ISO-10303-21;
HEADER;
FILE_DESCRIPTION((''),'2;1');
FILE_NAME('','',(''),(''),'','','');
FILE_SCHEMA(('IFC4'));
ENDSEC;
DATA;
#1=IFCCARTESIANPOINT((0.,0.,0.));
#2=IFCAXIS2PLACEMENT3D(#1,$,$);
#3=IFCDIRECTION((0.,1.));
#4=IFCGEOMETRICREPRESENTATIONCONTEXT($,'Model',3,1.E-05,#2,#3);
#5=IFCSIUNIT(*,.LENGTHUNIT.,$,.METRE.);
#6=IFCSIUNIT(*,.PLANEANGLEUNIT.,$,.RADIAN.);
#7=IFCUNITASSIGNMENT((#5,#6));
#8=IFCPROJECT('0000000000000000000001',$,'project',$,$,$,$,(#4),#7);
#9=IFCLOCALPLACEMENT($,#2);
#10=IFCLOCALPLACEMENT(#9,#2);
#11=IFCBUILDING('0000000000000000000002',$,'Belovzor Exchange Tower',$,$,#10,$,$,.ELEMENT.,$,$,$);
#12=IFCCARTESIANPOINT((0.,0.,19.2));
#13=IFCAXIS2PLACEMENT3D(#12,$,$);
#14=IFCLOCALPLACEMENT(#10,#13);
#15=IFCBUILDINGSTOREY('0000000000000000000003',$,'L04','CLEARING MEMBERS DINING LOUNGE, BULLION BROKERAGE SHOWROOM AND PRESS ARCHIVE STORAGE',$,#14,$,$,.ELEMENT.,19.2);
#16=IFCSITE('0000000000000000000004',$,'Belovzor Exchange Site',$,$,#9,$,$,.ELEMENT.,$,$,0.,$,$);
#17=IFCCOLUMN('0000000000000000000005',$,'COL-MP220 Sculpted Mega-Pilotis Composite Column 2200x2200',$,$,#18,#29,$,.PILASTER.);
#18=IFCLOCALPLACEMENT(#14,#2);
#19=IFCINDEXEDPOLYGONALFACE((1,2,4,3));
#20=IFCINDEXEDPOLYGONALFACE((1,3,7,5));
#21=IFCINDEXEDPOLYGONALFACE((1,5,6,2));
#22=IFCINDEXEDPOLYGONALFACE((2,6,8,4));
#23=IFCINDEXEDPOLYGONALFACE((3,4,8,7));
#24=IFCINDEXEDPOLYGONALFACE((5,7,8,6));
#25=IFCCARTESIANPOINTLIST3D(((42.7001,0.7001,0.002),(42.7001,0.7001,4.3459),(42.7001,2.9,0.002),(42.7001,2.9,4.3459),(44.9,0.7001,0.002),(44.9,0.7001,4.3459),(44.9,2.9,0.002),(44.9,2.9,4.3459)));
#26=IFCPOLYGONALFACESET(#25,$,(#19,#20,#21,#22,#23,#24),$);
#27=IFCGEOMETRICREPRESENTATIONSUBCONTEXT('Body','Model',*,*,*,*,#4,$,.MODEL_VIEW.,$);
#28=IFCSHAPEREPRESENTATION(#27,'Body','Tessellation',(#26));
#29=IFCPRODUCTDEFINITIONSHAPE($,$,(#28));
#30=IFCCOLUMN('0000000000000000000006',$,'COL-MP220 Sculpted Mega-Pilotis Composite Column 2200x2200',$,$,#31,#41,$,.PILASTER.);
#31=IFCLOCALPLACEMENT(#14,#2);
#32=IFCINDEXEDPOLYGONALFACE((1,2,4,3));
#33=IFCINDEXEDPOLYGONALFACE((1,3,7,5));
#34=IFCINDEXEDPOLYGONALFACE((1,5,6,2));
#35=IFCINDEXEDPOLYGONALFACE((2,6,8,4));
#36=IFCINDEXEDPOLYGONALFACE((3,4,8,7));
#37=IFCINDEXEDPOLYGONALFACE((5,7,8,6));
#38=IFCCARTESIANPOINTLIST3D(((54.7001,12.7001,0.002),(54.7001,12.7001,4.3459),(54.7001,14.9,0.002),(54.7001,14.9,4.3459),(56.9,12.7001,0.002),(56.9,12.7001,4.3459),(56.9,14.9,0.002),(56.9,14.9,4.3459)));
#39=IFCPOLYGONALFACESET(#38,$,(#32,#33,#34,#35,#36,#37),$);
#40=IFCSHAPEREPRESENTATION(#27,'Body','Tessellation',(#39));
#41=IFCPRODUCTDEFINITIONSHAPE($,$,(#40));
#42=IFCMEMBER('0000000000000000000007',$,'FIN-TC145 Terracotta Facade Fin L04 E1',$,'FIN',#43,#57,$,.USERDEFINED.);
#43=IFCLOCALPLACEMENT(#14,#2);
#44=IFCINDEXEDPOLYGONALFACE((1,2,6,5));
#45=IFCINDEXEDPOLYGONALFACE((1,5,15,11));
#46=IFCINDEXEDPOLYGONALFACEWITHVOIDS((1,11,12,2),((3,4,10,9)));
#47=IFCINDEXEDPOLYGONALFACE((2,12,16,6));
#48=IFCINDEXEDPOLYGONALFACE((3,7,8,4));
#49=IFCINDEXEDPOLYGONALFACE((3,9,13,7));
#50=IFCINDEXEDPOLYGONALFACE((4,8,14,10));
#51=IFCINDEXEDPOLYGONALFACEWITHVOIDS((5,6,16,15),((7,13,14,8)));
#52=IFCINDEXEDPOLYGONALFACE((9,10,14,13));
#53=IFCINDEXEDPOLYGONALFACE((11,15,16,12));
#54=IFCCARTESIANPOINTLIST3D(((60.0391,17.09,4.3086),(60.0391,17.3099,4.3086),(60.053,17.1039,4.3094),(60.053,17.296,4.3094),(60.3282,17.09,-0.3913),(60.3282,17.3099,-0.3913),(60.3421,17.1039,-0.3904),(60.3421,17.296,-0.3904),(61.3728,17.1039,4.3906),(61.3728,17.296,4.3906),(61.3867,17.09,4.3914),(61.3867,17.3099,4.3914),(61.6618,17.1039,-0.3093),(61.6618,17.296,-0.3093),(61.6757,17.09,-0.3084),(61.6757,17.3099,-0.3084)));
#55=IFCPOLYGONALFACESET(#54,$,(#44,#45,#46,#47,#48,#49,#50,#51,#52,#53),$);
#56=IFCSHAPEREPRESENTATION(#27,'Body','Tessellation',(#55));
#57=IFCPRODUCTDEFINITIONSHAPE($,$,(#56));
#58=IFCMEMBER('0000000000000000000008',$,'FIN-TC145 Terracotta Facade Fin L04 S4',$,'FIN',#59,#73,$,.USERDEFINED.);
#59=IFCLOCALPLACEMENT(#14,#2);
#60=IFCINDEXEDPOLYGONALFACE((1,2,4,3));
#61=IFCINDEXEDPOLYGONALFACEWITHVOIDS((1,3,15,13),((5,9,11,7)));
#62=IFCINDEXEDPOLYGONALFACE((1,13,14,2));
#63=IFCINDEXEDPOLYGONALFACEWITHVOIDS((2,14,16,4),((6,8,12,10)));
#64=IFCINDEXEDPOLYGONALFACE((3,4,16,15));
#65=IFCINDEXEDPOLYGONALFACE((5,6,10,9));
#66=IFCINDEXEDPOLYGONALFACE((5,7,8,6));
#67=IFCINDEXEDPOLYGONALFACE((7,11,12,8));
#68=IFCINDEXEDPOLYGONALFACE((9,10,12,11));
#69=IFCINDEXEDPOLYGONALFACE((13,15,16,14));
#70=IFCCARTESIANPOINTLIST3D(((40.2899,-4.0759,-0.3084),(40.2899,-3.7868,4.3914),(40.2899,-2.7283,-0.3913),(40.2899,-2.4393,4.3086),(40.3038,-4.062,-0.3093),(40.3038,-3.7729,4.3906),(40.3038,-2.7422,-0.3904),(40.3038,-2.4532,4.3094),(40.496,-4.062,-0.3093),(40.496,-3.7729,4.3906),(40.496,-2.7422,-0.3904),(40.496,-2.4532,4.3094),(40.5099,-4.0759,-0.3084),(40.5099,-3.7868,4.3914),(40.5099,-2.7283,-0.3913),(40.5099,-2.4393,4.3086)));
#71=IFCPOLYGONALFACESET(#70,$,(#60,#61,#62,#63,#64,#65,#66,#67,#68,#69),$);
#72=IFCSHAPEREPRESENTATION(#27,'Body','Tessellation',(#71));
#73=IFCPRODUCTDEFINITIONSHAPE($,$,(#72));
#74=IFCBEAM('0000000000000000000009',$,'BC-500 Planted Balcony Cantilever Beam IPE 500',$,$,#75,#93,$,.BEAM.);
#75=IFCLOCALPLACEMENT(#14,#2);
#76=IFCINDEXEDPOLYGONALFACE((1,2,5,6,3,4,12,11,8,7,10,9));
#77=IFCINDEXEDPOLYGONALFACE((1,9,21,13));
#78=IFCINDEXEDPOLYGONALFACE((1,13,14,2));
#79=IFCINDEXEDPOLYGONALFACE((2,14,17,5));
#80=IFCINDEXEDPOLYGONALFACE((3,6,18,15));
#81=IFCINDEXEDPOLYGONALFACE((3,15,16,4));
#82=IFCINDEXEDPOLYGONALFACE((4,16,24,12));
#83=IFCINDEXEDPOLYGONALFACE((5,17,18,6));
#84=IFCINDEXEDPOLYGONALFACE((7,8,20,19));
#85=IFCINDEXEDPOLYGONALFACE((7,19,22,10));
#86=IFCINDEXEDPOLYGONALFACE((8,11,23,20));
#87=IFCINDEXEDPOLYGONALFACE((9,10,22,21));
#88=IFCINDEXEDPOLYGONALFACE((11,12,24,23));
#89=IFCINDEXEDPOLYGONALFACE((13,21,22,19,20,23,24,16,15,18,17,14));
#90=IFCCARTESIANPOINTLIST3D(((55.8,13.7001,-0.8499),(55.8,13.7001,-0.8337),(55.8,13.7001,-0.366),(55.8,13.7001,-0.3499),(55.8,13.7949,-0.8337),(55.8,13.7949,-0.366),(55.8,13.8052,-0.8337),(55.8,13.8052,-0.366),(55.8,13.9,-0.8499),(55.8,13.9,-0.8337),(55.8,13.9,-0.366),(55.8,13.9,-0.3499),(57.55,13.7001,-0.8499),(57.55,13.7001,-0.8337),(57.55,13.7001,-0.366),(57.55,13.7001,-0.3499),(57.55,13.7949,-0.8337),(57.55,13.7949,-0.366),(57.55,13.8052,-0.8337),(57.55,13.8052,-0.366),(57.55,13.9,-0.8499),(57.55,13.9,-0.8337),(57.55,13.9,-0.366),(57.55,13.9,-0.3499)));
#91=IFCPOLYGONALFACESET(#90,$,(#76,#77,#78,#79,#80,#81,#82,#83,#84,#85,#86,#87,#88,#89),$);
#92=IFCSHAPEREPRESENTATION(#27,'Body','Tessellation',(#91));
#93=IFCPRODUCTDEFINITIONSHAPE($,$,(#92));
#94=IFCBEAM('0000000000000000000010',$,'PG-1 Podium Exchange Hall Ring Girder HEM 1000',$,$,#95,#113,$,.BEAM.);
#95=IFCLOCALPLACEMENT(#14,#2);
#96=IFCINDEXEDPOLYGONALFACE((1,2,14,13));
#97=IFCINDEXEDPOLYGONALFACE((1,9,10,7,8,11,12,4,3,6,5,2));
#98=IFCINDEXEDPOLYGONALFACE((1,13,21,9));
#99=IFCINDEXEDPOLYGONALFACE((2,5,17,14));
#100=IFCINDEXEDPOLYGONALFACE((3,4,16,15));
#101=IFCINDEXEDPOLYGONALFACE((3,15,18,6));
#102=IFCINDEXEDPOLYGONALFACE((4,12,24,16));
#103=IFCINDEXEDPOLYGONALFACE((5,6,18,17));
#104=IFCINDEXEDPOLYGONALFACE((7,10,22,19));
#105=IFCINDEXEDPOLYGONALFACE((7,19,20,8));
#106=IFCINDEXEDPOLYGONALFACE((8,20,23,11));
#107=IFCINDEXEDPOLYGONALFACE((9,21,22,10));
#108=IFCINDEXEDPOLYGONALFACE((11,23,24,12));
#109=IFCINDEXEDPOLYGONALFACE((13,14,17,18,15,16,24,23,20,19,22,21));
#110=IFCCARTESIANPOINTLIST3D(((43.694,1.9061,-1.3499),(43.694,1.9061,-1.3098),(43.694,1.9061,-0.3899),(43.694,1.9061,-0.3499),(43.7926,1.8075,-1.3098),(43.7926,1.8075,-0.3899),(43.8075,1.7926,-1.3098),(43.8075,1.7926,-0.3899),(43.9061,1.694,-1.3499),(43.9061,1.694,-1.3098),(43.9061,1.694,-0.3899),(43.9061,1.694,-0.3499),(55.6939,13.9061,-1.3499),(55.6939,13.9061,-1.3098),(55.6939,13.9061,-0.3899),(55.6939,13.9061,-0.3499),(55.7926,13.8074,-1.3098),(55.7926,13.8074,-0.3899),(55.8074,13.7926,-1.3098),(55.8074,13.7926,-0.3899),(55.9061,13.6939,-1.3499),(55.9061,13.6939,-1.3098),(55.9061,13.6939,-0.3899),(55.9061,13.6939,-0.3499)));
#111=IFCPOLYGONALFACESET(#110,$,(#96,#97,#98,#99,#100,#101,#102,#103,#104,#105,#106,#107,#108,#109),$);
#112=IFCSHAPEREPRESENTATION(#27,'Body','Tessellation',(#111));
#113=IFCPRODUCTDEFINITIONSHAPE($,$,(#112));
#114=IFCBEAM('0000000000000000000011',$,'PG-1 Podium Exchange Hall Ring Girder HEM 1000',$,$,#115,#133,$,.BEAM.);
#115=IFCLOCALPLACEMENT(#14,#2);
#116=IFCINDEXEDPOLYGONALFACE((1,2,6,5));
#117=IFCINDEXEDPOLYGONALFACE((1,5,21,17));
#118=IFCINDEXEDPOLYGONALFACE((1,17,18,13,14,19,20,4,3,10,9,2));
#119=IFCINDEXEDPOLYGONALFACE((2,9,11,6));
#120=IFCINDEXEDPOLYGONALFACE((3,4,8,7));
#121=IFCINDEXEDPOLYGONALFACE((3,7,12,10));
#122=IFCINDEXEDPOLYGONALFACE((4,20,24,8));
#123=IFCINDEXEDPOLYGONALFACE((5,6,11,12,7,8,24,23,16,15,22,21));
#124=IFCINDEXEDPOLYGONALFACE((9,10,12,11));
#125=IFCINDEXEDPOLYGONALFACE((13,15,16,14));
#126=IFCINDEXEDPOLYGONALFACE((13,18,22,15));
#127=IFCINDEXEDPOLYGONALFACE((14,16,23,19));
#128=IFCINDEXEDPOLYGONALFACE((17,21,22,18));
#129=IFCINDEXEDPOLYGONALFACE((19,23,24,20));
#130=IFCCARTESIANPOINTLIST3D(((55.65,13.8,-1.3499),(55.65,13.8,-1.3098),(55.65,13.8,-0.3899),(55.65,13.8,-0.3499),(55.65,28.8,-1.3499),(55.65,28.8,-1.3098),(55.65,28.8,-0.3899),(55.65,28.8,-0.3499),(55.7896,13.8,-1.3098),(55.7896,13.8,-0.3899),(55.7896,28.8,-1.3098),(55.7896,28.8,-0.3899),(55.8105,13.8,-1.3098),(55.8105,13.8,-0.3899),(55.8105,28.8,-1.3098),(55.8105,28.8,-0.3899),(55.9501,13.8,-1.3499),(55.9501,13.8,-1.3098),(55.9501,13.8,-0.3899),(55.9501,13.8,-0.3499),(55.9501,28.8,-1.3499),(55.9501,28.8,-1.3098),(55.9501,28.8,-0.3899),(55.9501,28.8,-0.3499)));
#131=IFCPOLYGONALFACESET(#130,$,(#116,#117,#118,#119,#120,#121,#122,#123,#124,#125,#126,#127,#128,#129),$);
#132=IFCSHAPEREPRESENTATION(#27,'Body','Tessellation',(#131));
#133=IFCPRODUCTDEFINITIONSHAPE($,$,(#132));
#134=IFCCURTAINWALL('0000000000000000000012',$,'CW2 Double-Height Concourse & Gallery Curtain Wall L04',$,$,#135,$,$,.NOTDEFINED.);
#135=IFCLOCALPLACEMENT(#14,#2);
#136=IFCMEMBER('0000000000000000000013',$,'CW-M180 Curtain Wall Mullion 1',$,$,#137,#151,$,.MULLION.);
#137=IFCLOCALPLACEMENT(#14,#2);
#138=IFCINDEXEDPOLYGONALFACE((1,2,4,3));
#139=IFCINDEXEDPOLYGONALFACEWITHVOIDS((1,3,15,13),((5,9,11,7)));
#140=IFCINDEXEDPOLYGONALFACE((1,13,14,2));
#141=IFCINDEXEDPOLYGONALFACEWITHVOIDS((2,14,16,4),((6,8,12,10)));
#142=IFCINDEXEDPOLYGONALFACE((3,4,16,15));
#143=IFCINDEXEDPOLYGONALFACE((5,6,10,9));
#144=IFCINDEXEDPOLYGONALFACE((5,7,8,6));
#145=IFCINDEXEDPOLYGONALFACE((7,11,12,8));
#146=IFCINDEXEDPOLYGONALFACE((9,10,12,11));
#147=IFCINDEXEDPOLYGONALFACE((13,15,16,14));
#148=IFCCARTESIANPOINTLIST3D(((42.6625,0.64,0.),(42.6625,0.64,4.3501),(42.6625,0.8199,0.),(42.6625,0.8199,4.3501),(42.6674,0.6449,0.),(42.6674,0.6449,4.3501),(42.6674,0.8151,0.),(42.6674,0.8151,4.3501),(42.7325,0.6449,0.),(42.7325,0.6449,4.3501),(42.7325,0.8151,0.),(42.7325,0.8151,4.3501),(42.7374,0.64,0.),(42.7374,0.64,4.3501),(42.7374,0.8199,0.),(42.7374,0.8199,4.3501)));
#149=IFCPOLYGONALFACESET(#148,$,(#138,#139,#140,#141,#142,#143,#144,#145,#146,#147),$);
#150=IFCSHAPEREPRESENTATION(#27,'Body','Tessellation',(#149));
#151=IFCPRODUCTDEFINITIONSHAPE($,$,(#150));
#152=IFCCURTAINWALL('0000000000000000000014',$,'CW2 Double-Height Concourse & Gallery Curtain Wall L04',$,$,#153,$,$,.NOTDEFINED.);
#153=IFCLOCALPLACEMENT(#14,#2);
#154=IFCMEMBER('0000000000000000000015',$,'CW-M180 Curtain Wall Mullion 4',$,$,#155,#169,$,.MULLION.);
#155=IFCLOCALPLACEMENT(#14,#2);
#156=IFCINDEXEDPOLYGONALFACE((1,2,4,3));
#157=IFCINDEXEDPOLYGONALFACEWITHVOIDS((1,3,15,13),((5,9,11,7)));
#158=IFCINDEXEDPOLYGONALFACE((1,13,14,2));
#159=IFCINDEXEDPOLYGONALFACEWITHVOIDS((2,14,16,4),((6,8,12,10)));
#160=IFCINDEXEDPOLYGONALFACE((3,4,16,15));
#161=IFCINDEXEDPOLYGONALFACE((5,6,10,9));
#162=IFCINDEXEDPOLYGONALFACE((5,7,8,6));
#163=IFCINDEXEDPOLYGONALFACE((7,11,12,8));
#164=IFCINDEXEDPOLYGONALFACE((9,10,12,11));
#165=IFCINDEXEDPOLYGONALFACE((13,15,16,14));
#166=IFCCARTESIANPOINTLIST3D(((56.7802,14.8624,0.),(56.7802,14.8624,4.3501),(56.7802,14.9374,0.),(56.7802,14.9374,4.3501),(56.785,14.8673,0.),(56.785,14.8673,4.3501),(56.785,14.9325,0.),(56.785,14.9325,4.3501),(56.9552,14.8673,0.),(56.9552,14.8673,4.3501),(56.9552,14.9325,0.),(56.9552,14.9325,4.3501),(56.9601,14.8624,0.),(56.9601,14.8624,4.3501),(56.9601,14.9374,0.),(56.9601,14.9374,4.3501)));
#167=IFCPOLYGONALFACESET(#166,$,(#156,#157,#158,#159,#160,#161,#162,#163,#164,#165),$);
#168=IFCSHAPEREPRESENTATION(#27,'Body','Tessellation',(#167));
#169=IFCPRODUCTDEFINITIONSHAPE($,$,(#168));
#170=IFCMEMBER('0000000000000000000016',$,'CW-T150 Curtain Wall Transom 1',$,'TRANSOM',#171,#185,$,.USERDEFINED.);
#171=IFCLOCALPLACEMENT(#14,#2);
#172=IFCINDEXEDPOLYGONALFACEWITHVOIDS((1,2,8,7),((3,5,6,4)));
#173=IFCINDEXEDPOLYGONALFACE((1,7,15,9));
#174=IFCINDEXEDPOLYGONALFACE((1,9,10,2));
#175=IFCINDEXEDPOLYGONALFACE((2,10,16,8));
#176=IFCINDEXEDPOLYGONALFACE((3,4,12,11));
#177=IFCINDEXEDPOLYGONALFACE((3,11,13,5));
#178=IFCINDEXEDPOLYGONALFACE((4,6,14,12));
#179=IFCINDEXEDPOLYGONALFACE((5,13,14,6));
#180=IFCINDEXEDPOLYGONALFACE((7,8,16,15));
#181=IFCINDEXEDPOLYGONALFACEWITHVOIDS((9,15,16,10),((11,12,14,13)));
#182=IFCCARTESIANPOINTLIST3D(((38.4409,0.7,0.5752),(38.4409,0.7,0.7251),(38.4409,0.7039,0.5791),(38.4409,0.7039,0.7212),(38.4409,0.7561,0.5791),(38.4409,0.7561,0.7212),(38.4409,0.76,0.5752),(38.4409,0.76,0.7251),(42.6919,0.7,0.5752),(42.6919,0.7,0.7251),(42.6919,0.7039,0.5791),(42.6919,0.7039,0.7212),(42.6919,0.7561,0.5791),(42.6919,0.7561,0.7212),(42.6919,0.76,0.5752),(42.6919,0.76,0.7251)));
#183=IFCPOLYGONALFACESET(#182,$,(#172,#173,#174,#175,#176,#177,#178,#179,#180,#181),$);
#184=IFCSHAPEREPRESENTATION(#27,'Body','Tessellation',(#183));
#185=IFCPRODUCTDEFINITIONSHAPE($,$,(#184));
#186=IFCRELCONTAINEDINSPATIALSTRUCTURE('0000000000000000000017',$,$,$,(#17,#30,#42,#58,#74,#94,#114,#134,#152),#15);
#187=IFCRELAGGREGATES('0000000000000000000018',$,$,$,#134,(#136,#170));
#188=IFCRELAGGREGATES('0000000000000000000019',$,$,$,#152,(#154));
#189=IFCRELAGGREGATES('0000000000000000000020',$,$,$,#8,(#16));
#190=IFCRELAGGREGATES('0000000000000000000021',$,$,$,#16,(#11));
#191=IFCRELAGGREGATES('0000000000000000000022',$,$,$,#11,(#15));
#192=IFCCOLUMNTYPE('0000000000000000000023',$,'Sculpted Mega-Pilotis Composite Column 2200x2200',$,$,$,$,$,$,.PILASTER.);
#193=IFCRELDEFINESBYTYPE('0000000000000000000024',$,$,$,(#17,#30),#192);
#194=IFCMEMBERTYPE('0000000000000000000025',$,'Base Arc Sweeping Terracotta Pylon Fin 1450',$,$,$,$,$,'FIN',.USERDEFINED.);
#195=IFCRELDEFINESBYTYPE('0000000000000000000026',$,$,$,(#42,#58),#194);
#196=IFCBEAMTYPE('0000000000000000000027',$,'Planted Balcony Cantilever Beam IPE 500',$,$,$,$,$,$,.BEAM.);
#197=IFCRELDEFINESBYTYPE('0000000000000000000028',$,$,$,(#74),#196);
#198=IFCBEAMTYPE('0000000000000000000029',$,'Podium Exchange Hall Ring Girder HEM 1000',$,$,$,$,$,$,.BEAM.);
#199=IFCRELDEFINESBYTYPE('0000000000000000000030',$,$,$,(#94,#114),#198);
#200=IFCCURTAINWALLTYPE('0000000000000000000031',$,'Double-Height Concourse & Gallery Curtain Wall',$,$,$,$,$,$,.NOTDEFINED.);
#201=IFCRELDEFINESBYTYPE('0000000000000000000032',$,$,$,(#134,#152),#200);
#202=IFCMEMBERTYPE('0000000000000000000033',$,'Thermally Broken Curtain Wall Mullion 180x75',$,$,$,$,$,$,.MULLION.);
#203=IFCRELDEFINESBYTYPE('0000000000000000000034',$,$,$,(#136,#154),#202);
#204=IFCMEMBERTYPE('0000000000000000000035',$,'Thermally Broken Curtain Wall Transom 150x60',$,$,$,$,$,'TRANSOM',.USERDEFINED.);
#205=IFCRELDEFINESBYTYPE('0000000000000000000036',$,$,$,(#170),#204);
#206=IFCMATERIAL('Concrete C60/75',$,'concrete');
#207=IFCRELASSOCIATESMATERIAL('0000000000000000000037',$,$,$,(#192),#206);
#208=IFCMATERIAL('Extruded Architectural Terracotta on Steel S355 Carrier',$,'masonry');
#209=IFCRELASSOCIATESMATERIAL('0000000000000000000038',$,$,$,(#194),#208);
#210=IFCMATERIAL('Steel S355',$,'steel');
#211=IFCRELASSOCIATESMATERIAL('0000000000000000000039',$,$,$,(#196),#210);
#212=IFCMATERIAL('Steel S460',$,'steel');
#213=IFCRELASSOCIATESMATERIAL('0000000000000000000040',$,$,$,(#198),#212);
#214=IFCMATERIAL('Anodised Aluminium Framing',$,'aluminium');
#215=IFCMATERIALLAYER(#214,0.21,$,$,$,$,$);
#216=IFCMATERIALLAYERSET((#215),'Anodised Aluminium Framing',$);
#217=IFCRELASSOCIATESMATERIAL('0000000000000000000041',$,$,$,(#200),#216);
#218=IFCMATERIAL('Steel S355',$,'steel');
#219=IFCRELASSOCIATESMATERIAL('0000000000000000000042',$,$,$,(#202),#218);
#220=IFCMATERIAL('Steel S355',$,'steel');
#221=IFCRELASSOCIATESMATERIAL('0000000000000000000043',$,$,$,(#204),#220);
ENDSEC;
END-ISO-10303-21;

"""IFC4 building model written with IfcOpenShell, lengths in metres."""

from ifc_helpers import new_model, si_unit, direction, frame, origin, origin_2d, place, context, subcontext, project, spatial, rectangle, hollow_rectangle, i_section, extrude, material, layer, layer_set, material_profile, profile_set, type_object, element, aggregate, save


model = new_model("IFC4")

# Units and contexts
model_context = context("Model", 3, precision=1e-05, world=origin(), true_north=direction((0.0, 1.0)))
body_context = subcontext(model_context, "Body", "Model", "MODEL_VIEW")
ifc_project = project(units=[si_unit("LENGTHUNIT", "METRE"), si_unit("PLANEANGLEUNIT", "RADIAN")], contexts=[model_context])

# Site, building, storey
site_placement = place(None, origin())
site = spatial("IfcSite", under=ifc_project, at=site_placement, Name="Belovzor Exchange Site", CompositionType="ELEMENT", RefElevation=0.0)
building_placement = place(site_placement, origin())
building = spatial("IfcBuilding", under=site, at=building_placement, Name="Belovzor Exchange Tower", CompositionType="ELEMENT")
storey_placement = place(building_placement, frame((0.0, 0.0, 19.2)))
storey = spatial("IfcBuildingStorey", under=building, at=storey_placement, Name="L04", Description="CLEARING MEMBERS DINING LOUNGE, BULLION BROKERAGE SHOWROOM AND PRESS ARCHIVE STORAGE", CompositionType="ELEMENT", Elevation=19.2)

# Columns
ifc_material_1 = material(Name="Concrete C60/75", Category="concrete")
ifc_material_profile_1 = material_profile(ifc_material_1, rectangle(XDim=2.2, YDim=2.2, at=origin_2d()))
ifc_profile_set_1 = profile_set([ifc_material_profile_1], Name="Concrete C60/75")
column_type = type_object("IfcColumnType", Name="Sculpted Mega-Pilotis Composite Column 2200x2200", PredefinedType="PILASTER", material=ifc_profile_set_1)
for number, where, z_axis, x_axis, name in (
    (1, (43.8, 1.8, 0.002), (0.0, 0.0, 1.0), (1.0, 0.0, 0.0), "COL-MP220 Sculpted Mega-Pilotis Composite Column 2200x2200"),
    (2, (55.8, 13.8, 0.002), (0.0, 0.0, 1.0), (1.0, 0.0, 0.0), "COL-MP220 Sculpted Mega-Pilotis Composite Column 2200x2200"),
):
    element("IfcColumn", number, at=place(storey_placement, frame(where, z_axis=z_axis, x_axis=x_axis)), inside=storey, type_object=column_type, Name=name, PredefinedType="PILASTER", context=body_context, shape_type="SweptSolid", body=[
        extrude(rectangle(XDim=2.2, YDim=2.2, at=origin_2d()), origin(), (0.0, 0.0, 1.0), 4.344),
    ])

# Members
ifc_material_2 = material(Name="Extruded Architectural Terracotta on Steel S355 Carrier", Category="masonry")
ifc_material_profile_2 = material_profile(ifc_material_2, hollow_rectangle(XDim=0.22, YDim=1.3501, WallThickness=0.0139, at=origin_2d()))
ifc_profile_set_2 = profile_set([ifc_material_profile_2], Name="Extruded Architectural Terracotta on Steel S355 Carrier")
member_type_1 = type_object("IfcMemberType", Name="Base Arc Sweeping Terracotta Pylon Fin 1450", ElementType="FIN", PredefinedType="USERDEFINED", material=ifc_profile_set_2)
for number, where, z_axis, x_axis, name in (
    (3, (61.002, 17.2, -0.3499), (-0.061387, 0.0, 0.998114), (0.0, -1.0, 0.0), "FIN-TC145 Terracotta Facade Fin L04 E1"),
    (4, (40.3999, -3.4021, -0.3499), (0.0, 0.061387, 0.998114), (-1.0, 0.0, 0.0), "FIN-TC145 Terracotta Facade Fin L04 S4"),
):
    element("IfcMember", number, at=place(storey_placement, frame(where, z_axis=z_axis, x_axis=x_axis)), inside=storey, type_object=member_type_1, Name=name, ObjectType="FIN", PredefinedType="USERDEFINED", context=body_context, shape_type="SweptSolid", body=[
        extrude(hollow_rectangle(XDim=0.22, YDim=1.3501, WallThickness=0.0139, at=origin_2d()), origin(), (0.0, 0.0, 1.0), 4.7087),
    ])

# Beams
ifc_material_3 = material(Name="Steel S355", Category="steel")
ifc_material_profile_3 = material_profile(ifc_material_3, i_section(OverallWidth=0.2, OverallDepth=0.5, WebThickness=0.0103, FlangeThickness=0.0161, at=origin_2d()))
ifc_profile_set_3 = profile_set([ifc_material_profile_3], Name="Steel S355")
beam_type_1 = type_object("IfcBeamType", Name="Planted Balcony Cantilever Beam IPE 500", PredefinedType="BEAM", material=ifc_profile_set_3)
beam_1_placement = place(storey_placement, frame((55.8, 13.8, -0.5999), z_axis=(1.0, 0.0, 0.0), x_axis=(0.0, 1.0, 0.0)))
element("IfcBeam", 5, at=beam_1_placement, inside=storey, type_object=beam_type_1, Name="BC-500 Planted Balcony Cantilever Beam IPE 500", PredefinedType="BEAM", context=body_context, shape_type="SweptSolid", body=[
    extrude(i_section(OverallWidth=0.2, OverallDepth=0.5, WebThickness=0.0103, FlangeThickness=0.0161, at=origin_2d()), origin(), (0.0, 0.0, 1.0), 1.75),
])
ifc_material_4 = material(Name="Steel S460", Category="steel")
ifc_material_profile_4 = material_profile(ifc_material_4, i_section(OverallWidth=0.3, OverallDepth=1.0, WebThickness=0.021, FlangeThickness=0.04, at=origin_2d()))
ifc_profile_set_4 = profile_set([ifc_material_profile_4], Name="Steel S460")
beam_type_2 = type_object("IfcBeamType", Name="Podium Exchange Hall Ring Girder HEM 1000", PredefinedType="BEAM", material=ifc_profile_set_4)
beam_2_placement = place(storey_placement, frame((43.8, 1.8, -0.8499), z_axis=(0.707107, 0.707107, 0.0), x_axis=(-0.707107, 0.707107, 0.0)))
element("IfcBeam", 6, at=beam_2_placement, inside=storey, type_object=beam_type_2, Name="PG-1 Podium Exchange Hall Ring Girder HEM 1000", PredefinedType="BEAM", context=body_context, shape_type="SweptSolid", body=[
    extrude(i_section(OverallWidth=0.3, OverallDepth=1.0, WebThickness=0.021, FlangeThickness=0.04, at=origin_2d()), origin(), (0.0, 0.0, 1.0), 16.9705),
])
beam_3_placement = place(storey_placement, frame((55.8, 13.8, -0.8499), z_axis=(0.0, 1.0, 0.0), x_axis=(-1.0, 0.0, 0.0)))
element("IfcBeam", 7, at=beam_3_placement, inside=storey, type_object=beam_type_2, Name="PG-1 Podium Exchange Hall Ring Girder HEM 1000", PredefinedType="BEAM", context=body_context, shape_type="SweptSolid", body=[
    extrude(i_section(OverallWidth=0.3, OverallDepth=1.0, WebThickness=0.021, FlangeThickness=0.04, at=origin_2d()), origin(), (0.0, 0.0, 1.0), 15.0),
])

# Curtain walls, members
ifc_material_5 = material(Name="Anodised Aluminium Framing", Category="aluminium")
ifc_layer_1 = layer(ifc_material_5, 0.21)
ifc_layer_set_1 = layer_set([ifc_layer_1], Name="Anodised Aluminium Framing")
curtain_wall_type = type_object("IfcCurtainWallType", Name="Double-Height Concourse & Gallery Curtain Wall", PredefinedType="NOTDEFINED", material=ifc_layer_set_1)
curtain_wall_1_placement = place(storey_placement, origin())
curtain_wall_1 = element("IfcCurtainWall", 8, at=curtain_wall_1_placement, inside=storey, type_object=curtain_wall_type, Name="CW2 Double-Height Concourse & Gallery Curtain Wall L04", PredefinedType="NOTDEFINED")
ifc_material_6 = material(Name="Steel S355", Category="steel")
ifc_material_profile_5 = material_profile(ifc_material_6, hollow_rectangle(XDim=0.075, YDim=0.1799, WallThickness=0.0049, at=origin_2d()))
ifc_profile_set_5 = profile_set([ifc_material_profile_5], Name="Steel S355")
member_type_2 = type_object("IfcMemberType", Name="Thermally Broken Curtain Wall Mullion 180x75", PredefinedType="MULLION", material=ifc_profile_set_5)
member_1_placement = place(storey_placement, frame((42.7, 0.73, 0.0), z_axis=(0.0, 0.0, 1.0), x_axis=(-1.0, 0.0, 0.0)))
member_1 = element("IfcMember", 9, at=member_1_placement, type_object=member_type_2, Name="CW-M180 Curtain Wall Mullion 1", PredefinedType="MULLION", context=body_context, shape_type="SweptSolid", body=[
    extrude(hollow_rectangle(XDim=0.075, YDim=0.1799, WallThickness=0.0049, at=origin_2d()), origin(), (0.0, 0.0, 1.0), 4.3501),
])
curtain_wall_2_placement = place(storey_placement, origin())
curtain_wall_2 = element("IfcCurtainWall", 10, at=curtain_wall_2_placement, inside=storey, type_object=curtain_wall_type, Name="CW2 Double-Height Concourse & Gallery Curtain Wall L04", PredefinedType="NOTDEFINED")
member_2_placement = place(storey_placement, frame((56.8701, 14.8999, 0.0), z_axis=(0.0, 0.0, 1.0), x_axis=(0.0, -1.0, 0.0)))
member_2 = element("IfcMember", 11, at=member_2_placement, type_object=member_type_2, Name="CW-M180 Curtain Wall Mullion 4", PredefinedType="MULLION", context=body_context, shape_type="SweptSolid", body=[
    extrude(hollow_rectangle(XDim=0.075, YDim=0.1799, WallThickness=0.0049, at=origin_2d()), origin(), (0.0, 0.0, 1.0), 4.3501),
])

# Member
ifc_material_7 = material(Name="Steel S355", Category="steel")
ifc_material_profile_6 = material_profile(ifc_material_7, hollow_rectangle(XDim=0.0601, YDim=0.1499, WallThickness=0.0039, at=origin_2d()))
ifc_profile_set_6 = profile_set([ifc_material_profile_6], Name="Steel S355")
member_type_3 = type_object("IfcMemberType", Name="Thermally Broken Curtain Wall Transom 150x60", ElementType="TRANSOM", PredefinedType="USERDEFINED", material=ifc_profile_set_6)
member_3_placement = place(storey_placement, frame((42.6919, 0.73, 0.6501), z_axis=(-1.0, 0.0, 0.0), x_axis=(0.0, -1.0, 0.0)))
member_3 = element("IfcMember", 12, at=member_3_placement, type_object=member_type_3, Name="CW-T150 Curtain Wall Transom 1", ObjectType="TRANSOM", PredefinedType="USERDEFINED", context=body_context, shape_type="SweptSolid", body=[
    extrude(hollow_rectangle(XDim=0.0601, YDim=0.1499, WallThickness=0.0039, at=origin_2d()), origin(), (0.0, 0.0, 1.0), 4.251),
])

aggregate(curtain_wall_1, [member_1, member_3])
aggregate(curtain_wall_2, [member_2])

save(model, "model.ifc")
